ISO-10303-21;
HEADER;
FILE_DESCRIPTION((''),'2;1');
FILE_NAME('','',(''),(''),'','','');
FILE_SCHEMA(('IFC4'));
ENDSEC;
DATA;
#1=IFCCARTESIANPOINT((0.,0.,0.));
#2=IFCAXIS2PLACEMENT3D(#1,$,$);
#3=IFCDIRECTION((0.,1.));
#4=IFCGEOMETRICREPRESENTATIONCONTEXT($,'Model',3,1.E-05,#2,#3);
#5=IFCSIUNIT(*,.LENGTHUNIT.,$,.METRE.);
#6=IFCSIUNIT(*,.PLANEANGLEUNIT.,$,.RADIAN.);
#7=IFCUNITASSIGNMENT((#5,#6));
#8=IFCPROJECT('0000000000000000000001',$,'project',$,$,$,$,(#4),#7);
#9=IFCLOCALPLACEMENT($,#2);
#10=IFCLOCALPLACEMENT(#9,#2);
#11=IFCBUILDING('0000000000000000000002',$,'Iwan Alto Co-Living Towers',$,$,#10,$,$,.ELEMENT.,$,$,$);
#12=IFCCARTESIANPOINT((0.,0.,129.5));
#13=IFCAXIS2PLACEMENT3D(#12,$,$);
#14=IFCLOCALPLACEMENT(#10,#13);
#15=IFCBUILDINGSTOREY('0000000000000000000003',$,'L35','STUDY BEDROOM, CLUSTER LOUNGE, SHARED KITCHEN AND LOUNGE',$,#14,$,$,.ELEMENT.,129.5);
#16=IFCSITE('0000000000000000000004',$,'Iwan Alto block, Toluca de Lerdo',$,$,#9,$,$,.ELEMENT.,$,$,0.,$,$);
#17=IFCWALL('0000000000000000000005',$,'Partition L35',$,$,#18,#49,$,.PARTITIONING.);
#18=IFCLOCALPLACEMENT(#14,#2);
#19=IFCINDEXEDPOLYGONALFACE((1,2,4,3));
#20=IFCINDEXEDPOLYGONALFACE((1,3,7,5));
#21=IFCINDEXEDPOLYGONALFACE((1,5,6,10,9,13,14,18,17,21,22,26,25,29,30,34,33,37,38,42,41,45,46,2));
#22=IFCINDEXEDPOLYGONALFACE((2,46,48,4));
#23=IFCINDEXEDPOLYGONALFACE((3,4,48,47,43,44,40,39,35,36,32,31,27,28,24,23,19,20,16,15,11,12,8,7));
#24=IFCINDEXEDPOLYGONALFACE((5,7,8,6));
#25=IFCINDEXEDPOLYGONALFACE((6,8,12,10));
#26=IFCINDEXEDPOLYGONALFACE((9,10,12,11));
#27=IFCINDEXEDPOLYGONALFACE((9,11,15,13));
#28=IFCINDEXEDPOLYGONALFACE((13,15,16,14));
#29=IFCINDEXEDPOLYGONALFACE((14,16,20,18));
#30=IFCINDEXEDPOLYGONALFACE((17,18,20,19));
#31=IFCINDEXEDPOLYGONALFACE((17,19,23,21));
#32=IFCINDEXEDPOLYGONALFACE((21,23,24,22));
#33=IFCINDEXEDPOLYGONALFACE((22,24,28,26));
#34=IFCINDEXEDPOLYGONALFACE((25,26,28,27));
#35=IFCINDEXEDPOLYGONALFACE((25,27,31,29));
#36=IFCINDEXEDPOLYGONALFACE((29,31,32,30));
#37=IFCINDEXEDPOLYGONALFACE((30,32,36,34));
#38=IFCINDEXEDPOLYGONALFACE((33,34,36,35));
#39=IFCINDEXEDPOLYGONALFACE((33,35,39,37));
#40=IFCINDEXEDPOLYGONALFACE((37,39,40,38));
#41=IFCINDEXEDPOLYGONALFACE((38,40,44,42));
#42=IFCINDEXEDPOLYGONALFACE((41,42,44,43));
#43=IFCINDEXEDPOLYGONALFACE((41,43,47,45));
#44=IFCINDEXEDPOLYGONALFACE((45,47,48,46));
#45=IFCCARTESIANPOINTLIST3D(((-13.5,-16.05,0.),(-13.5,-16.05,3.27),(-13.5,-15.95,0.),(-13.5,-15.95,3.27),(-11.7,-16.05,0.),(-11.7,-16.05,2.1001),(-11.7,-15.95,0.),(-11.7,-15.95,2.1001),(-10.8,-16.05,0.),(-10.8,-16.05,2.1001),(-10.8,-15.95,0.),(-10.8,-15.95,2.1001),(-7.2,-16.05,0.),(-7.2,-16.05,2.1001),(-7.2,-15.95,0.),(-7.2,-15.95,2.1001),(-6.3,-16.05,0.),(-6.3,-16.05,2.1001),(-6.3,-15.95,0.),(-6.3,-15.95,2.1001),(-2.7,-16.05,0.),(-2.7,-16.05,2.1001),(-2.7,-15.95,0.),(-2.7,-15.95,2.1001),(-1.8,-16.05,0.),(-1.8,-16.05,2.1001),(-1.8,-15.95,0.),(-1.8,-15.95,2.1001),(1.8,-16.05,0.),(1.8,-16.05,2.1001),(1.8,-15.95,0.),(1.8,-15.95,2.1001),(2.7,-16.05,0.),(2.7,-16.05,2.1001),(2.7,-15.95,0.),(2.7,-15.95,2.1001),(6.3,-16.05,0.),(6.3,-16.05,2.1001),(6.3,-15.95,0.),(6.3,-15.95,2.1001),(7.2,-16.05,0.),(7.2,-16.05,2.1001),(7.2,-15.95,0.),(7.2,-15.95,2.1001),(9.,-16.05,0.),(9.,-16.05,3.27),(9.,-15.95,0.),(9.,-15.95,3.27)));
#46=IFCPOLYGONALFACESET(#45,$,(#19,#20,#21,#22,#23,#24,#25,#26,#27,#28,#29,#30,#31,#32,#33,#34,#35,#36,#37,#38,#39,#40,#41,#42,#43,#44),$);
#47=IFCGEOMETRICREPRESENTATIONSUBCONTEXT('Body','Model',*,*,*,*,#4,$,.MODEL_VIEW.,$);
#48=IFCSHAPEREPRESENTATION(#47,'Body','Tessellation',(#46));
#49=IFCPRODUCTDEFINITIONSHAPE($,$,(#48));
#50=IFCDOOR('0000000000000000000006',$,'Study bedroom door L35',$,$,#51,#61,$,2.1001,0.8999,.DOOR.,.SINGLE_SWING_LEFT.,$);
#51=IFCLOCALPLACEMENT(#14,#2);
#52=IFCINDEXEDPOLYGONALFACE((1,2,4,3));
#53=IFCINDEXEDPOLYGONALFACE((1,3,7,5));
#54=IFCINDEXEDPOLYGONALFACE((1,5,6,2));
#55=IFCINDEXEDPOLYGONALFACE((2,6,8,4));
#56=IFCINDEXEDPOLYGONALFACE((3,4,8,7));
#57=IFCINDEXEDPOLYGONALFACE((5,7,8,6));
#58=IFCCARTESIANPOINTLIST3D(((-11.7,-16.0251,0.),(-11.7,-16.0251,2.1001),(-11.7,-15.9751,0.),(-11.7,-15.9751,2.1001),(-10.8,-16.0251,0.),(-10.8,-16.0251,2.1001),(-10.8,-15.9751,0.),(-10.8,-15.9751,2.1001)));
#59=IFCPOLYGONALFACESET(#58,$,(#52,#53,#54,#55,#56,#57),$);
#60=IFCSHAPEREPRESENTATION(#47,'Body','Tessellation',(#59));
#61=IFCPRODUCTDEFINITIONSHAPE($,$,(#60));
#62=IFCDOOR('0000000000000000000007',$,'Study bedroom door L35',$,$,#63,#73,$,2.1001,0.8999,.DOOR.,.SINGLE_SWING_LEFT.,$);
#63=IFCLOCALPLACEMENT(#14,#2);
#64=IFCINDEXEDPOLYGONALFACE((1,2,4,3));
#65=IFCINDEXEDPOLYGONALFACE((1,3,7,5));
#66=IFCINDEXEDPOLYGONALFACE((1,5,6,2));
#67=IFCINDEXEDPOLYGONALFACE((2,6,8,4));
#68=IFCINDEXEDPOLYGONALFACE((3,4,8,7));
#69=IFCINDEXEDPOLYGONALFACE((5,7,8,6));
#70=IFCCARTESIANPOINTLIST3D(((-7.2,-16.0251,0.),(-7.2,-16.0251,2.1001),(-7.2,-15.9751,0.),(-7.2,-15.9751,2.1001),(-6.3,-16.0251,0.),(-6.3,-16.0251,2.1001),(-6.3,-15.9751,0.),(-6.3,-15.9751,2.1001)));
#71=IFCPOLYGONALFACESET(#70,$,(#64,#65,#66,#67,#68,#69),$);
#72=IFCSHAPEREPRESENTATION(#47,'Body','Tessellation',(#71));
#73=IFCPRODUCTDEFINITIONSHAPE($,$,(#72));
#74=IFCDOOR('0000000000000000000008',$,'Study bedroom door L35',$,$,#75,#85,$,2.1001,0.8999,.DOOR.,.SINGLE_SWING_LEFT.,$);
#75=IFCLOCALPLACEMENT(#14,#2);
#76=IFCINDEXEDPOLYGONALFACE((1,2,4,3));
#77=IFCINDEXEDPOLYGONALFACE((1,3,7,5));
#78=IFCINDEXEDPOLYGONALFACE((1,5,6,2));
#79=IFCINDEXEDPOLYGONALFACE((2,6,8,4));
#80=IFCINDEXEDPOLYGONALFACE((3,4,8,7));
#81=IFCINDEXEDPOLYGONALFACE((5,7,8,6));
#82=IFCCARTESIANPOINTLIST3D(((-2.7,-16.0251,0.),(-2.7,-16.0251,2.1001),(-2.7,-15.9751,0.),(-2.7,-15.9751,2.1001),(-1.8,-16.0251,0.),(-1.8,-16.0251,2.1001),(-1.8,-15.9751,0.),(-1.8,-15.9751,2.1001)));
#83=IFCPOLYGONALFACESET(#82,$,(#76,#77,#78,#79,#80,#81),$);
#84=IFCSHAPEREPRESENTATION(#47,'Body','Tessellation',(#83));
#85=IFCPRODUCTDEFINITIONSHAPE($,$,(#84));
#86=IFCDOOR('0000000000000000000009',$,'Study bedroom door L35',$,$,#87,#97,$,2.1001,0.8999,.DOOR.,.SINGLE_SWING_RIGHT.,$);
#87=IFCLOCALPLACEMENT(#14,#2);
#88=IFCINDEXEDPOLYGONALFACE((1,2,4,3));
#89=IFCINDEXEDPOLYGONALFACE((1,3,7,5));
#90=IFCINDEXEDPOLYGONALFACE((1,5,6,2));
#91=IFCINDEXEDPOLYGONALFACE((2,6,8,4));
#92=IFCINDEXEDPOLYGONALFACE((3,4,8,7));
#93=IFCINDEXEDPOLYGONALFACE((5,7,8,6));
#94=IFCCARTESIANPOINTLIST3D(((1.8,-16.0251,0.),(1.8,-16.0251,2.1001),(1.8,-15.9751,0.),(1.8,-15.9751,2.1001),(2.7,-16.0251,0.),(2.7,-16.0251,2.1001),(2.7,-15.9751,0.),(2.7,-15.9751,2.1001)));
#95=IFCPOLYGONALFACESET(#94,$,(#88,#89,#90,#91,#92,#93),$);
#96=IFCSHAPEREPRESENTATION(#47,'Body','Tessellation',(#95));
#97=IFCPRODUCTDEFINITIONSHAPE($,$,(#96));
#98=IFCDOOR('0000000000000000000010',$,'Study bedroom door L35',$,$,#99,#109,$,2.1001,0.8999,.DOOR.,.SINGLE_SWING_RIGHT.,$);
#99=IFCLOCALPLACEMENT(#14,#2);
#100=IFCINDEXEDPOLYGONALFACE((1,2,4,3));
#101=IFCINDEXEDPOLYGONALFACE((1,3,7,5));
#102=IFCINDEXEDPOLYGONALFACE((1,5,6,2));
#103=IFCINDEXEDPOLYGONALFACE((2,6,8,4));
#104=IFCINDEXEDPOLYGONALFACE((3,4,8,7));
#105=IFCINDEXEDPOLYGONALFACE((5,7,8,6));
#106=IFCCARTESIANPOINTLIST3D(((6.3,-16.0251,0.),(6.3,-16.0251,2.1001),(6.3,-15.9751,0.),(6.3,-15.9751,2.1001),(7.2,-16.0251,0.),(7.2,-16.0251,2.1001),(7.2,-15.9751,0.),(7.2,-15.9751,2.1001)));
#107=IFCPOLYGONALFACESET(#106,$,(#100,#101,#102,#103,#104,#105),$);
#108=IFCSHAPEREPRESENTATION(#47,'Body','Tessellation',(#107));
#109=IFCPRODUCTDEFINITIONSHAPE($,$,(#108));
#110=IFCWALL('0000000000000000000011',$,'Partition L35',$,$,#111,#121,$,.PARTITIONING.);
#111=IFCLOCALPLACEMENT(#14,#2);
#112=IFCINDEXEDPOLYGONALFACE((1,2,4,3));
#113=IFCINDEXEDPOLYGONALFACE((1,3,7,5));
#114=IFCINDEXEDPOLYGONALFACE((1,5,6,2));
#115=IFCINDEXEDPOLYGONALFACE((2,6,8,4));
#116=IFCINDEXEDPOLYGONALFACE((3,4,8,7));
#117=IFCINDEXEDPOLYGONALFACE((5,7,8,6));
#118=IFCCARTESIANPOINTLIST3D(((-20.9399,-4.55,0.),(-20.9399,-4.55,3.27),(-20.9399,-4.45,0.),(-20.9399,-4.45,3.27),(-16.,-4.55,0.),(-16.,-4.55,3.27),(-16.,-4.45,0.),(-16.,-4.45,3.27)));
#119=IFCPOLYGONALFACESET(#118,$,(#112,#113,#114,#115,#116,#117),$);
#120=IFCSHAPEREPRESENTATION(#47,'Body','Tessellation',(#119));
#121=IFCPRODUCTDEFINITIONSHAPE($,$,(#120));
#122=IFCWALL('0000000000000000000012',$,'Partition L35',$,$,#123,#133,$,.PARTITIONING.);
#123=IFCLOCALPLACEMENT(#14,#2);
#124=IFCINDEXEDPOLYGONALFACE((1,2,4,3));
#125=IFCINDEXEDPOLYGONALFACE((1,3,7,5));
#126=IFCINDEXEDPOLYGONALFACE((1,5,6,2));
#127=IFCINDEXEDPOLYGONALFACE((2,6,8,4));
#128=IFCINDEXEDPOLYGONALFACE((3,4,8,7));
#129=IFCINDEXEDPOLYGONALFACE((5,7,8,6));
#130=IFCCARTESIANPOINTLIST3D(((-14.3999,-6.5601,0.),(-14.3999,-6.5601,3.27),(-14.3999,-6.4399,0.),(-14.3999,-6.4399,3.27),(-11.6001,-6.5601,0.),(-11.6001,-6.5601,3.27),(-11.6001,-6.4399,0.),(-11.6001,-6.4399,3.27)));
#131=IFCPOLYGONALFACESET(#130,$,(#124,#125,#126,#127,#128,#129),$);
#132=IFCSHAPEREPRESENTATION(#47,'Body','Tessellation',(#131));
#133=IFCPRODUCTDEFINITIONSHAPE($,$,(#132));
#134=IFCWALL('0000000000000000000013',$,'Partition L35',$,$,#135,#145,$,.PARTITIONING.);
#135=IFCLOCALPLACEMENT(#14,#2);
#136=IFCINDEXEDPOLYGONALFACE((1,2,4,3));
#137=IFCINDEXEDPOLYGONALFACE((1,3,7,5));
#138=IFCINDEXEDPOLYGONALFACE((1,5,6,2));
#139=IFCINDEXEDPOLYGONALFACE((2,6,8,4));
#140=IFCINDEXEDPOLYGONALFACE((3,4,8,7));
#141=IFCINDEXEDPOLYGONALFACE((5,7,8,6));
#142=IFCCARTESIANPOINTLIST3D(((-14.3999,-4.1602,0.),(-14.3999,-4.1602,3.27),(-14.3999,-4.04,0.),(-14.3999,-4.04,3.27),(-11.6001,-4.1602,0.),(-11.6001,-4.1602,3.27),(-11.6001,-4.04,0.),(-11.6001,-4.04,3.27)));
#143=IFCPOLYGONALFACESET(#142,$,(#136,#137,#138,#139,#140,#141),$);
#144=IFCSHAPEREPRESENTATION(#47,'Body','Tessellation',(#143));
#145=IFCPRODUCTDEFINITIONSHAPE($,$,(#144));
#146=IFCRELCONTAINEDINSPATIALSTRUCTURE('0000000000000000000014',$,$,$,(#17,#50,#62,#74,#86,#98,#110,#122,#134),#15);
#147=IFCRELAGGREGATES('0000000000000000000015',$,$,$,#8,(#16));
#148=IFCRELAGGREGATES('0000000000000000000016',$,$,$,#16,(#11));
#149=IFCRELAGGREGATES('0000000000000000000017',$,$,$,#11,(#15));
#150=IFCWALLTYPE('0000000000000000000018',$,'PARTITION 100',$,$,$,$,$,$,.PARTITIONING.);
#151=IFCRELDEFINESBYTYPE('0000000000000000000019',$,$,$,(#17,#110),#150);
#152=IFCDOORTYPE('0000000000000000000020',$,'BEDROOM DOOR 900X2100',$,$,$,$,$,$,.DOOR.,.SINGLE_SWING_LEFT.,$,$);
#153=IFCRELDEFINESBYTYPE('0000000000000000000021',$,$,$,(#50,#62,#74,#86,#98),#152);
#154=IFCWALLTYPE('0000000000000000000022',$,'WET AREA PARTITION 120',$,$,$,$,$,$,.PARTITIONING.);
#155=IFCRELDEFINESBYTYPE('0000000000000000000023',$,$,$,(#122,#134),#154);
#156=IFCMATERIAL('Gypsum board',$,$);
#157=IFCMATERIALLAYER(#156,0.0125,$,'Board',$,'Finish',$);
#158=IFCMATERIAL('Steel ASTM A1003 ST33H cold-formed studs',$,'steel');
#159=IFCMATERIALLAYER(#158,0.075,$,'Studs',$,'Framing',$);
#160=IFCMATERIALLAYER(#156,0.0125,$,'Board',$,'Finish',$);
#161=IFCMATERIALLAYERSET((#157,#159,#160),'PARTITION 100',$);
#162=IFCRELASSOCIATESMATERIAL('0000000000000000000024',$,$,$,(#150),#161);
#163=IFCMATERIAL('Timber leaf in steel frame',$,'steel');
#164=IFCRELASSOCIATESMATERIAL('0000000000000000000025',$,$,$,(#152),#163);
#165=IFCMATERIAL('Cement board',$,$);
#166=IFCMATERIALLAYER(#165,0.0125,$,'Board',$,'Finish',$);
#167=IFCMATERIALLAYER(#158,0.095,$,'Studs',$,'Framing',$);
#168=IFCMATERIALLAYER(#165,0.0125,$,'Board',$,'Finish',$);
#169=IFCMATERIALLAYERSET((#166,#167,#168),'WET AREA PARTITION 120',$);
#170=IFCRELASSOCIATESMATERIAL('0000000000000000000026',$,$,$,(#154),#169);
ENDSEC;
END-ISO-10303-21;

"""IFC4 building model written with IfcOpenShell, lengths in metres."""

from ifc_helpers import new_model, si_unit, direction, frame, frame_2d, origin, place, context, subcontext, project, spatial, rectangle, extrude, material, layer, layer_set, type_object, element, fill, save


model = new_model("IFC4")

# Units and contexts
model_context = context("Model", 3, precision=1e-05, world=origin(), true_north=direction((0.0, 1.0)))
body_context = subcontext(model_context, "Body", "Model", "MODEL_VIEW")
ifc_project = project(units=[si_unit("LENGTHUNIT", "METRE"), si_unit("PLANEANGLEUNIT", "RADIAN")], contexts=[model_context])

# Site, building, storey
site_placement = place(None, origin())
site = spatial("IfcSite", under=ifc_project, at=site_placement, Name="Iwan Alto block, Toluca de Lerdo", CompositionType="ELEMENT", RefElevation=0.0)
building_placement = place(site_placement, origin())
building = spatial("IfcBuilding", under=site, at=building_placement, Name="Iwan Alto Co-Living Towers", CompositionType="ELEMENT")
storey_placement = place(building_placement, frame((0.0, 0.0, 129.5)))
storey = spatial("IfcBuildingStorey", under=building, at=storey_placement, Name="L35", Description="STUDY BEDROOM, CLUSTER LOUNGE, SHARED KITCHEN AND LOUNGE", CompositionType="ELEMENT", Elevation=129.5)

# Shared definitions
ifc_material_1 = material(Name="Gypsum board")
ifc_material_2 = material(Name="Steel ASTM A1003 ST33H cold-formed studs", Category="steel")

# Wall, openings, doors
ifc_layer_1 = layer(ifc_material_1, 0.0125, Name="Board", Category="Finish")
ifc_layer_2 = layer(ifc_material_2, 0.075, Name="Studs", Category="Framing")
ifc_layer_3 = layer(ifc_material_1, 0.0125, Name="Board", Category="Finish")
ifc_layer_set_1 = layer_set([ifc_layer_1, ifc_layer_2, ifc_layer_3], Name="PARTITION 100")
wall_type_1 = type_object("IfcWallType", Name="PARTITION 100", PredefinedType="PARTITIONING", material=ifc_layer_set_1)
wall_1_placement = place(storey_placement, frame((-13.5, -16.0, 0.0), z_axis=(0.0, 0.0, 1.0), x_axis=(1.0, 0.0, 0.0)))
wall_1 = element("IfcWall", 1, at=wall_1_placement, inside=storey, type_object=wall_type_1, Name="Partition L35", PredefinedType="PARTITIONING", context=body_context, shape_type="SweptSolid", body=[
    extrude(rectangle(XDim=22.5, YDim=0.1001, at=frame_2d((11.25, 0.0))), origin(), (0.0, 0.0, 1.0), 3.27),
])
opening_1_placement = place(wall_1_placement, frame((1.8, 0.0, 0.0)))
opening_1 = element("IfcOpeningElement", 2, at=opening_1_placement, cuts=wall_1, PredefinedType="OPENING", context=body_context, shape_type="SweptSolid", body=[
    extrude(rectangle(XDim=0.8999, YDim=2.1001, at=frame_2d((0.45, 1.05))), frame((0.0, 0.0601, 0.0), z_axis=(0.0, -1.0, 0.0), x_axis=(1.0, 0.0, 0.0)), (0.0, 0.0, 1.0), 0.1201),
])
opening_2_placement = place(wall_1_placement, frame((6.3, 0.0, 0.0)))
opening_2 = element("IfcOpeningElement", 3, at=opening_2_placement, cuts=wall_1, PredefinedType="OPENING", context=body_context, shape_type="SweptSolid", body=[
    extrude(rectangle(XDim=0.8999, YDim=2.1001, at=frame_2d((0.45, 1.05))), frame((0.0, 0.0601, 0.0), z_axis=(0.0, -1.0, 0.0), x_axis=(1.0, 0.0, 0.0)), (0.0, 0.0, 1.0), 0.1201),
])
opening_3_placement = place(wall_1_placement, frame((10.8, 0.0, 0.0)))
opening_3 = element("IfcOpeningElement", 4, at=opening_3_placement, cuts=wall_1, PredefinedType="OPENING", context=body_context, shape_type="SweptSolid", body=[
    extrude(rectangle(XDim=0.8999, YDim=2.1001, at=frame_2d((0.45, 1.05))), frame((0.0, 0.0601, 0.0), z_axis=(0.0, -1.0, 0.0), x_axis=(1.0, 0.0, 0.0)), (0.0, 0.0, 1.0), 0.1201),
])
opening_4_placement = place(wall_1_placement, frame((15.3, 0.0, 0.0)))
opening_4 = element("IfcOpeningElement", 5, at=opening_4_placement, cuts=wall_1, PredefinedType="OPENING", context=body_context, shape_type="SweptSolid", body=[
    extrude(rectangle(XDim=0.8999, YDim=2.1001, at=frame_2d((0.45, 1.05))), frame((0.0, 0.0601, 0.0), z_axis=(0.0, -1.0, 0.0), x_axis=(1.0, 0.0, 0.0)), (0.0, 0.0, 1.0), 0.1201),
])
opening_5_placement = place(wall_1_placement, frame((19.8, 0.0, 0.0)))
opening_5 = element("IfcOpeningElement", 6, at=opening_5_placement, cuts=wall_1, PredefinedType="OPENING", context=body_context, shape_type="SweptSolid", body=[
    extrude(rectangle(XDim=0.8999, YDim=2.1001, at=frame_2d((0.45, 1.05))), frame((0.0, 0.0601, 0.0), z_axis=(0.0, -1.0, 0.0), x_axis=(1.0, 0.0, 0.0)), (0.0, 0.0, 1.0), 0.1201),
])
ifc_material_3 = material(Name="Timber leaf in steel frame", Category="steel")
door_type_1 = type_object("IfcDoorType", Name="BEDROOM DOOR 900X2100", OperationType="SINGLE_SWING_LEFT", PredefinedType="DOOR", material=ifc_material_3)
door_1_placement = place(opening_1_placement, origin())
door_1 = element("IfcDoor", 7, at=door_1_placement, inside=storey, type_object=door_type_1, Name="Study bedroom door L35", OperationType="SINGLE_SWING_LEFT", OverallHeight=2.1001, OverallWidth=0.8999, PredefinedType="DOOR", context=body_context, shape_type="SweptSolid", body=[
    extrude(rectangle(XDim=0.8999, YDim=2.1001, at=frame_2d((0.45, 1.05))), frame((0.0, 0.0249, 0.0), z_axis=(0.0, -1.0, 0.0), x_axis=(1.0, 0.0, 0.0)), (0.0, 0.0, 1.0), 0.05),
])
fill(opening_1, door_1)
door_2_placement = place(opening_2_placement, origin())
door_2 = element("IfcDoor", 8, at=door_2_placement, inside=storey, type_object=door_type_1, Name="Study bedroom door L35", OperationType="SINGLE_SWING_LEFT", OverallHeight=2.1001, OverallWidth=0.8999, PredefinedType="DOOR", context=body_context, shape_type="SweptSolid", body=[
    extrude(rectangle(XDim=0.8999, YDim=2.1001, at=frame_2d((0.45, 1.05))), frame((0.0, 0.0249, 0.0), z_axis=(0.0, -1.0, 0.0), x_axis=(1.0, 0.0, 0.0)), (0.0, 0.0, 1.0), 0.05),
])
fill(opening_2, door_2)
door_3_placement = place(opening_3_placement, origin())
door_3 = element("IfcDoor", 9, at=door_3_placement, inside=storey, type_object=door_type_1, Name="Study bedroom door L35", OperationType="SINGLE_SWING_LEFT", OverallHeight=2.1001, OverallWidth=0.8999, PredefinedType="DOOR", context=body_context, shape_type="SweptSolid", body=[
    extrude(rectangle(XDim=0.8999, YDim=2.1001, at=frame_2d((0.45, 1.05))), frame((0.0, 0.0249, 0.0), z_axis=(0.0, -1.0, 0.0), x_axis=(1.0, 0.0, 0.0)), (0.0, 0.0, 1.0), 0.05),
])
fill(opening_3, door_3)
door_4_placement = place(opening_4_placement, origin())
door_4 = element("IfcDoor", 10, at=door_4_placement, inside=storey, type_object=door_type_1, Name="Study bedroom door L35", OperationType="SINGLE_SWING_RIGHT", OverallHeight=2.1001, OverallWidth=0.8999, PredefinedType="DOOR", context=body_context, shape_type="SweptSolid", body=[
    extrude(rectangle(XDim=0.8999, YDim=2.1001, at=frame_2d((0.45, 1.05))), frame((0.0, 0.0249, 0.0), z_axis=(0.0, -1.0, 0.0), x_axis=(1.0, 0.0, 0.0)), (0.0, 0.0, 1.0), 0.05),
])
fill(opening_4, door_4)
door_5_placement = place(opening_5_placement, origin())
door_5 = element("IfcDoor", 11, at=door_5_placement, inside=storey, type_object=door_type_1, Name="Study bedroom door L35", OperationType="SINGLE_SWING_RIGHT", OverallHeight=2.1001, OverallWidth=0.8999, PredefinedType="DOOR", context=body_context, shape_type="SweptSolid", body=[
    extrude(rectangle(XDim=0.8999, YDim=2.1001, at=frame_2d((0.45, 1.05))), frame((0.0, 0.0249, 0.0), z_axis=(0.0, -1.0, 0.0), x_axis=(1.0, 0.0, 0.0)), (0.0, 0.0, 1.0), 0.05),
])
fill(opening_5, door_5)

# Walls
wall_2_placement = place(storey_placement, frame((-20.9399, -4.5, 0.0), z_axis=(0.0, 0.0, 1.0), x_axis=(1.0, 0.0, 0.0)))
element("IfcWall", 12, at=wall_2_placement, inside=storey, type_object=wall_type_1, Name="Partition L35", PredefinedType="PARTITIONING", context=body_context, shape_type="SweptSolid", body=[
    extrude(rectangle(XDim=4.9399, YDim=0.1001, at=frame_2d((2.47, 0.0))), origin(), (0.0, 0.0, 1.0), 3.27),
])
ifc_material_4 = material(Name="Cement board")
ifc_layer_4 = layer(ifc_material_4, 0.0125, Name="Board", Category="Finish")
ifc_layer_5 = layer(ifc_material_2, 0.095, Name="Studs", Category="Framing")
ifc_layer_6 = layer(ifc_material_4, 0.0125, Name="Board", Category="Finish")
ifc_layer_set_2 = layer_set([ifc_layer_4, ifc_layer_5, ifc_layer_6], Name="WET AREA PARTITION 120")
wall_type_2 = type_object("IfcWallType", Name="WET AREA PARTITION 120", PredefinedType="PARTITIONING", material=ifc_layer_set_2)
for number, where, z_axis, x_axis, name in (
    (13, (-14.3999, -6.5, 0.0), (0.0, 0.0, 1.0), (1.0, 0.0, 0.0), "Partition L35"),
    (14, (-14.3999, -4.1001, 0.0), (0.0, 0.0, 1.0), (1.0, 0.0, 0.0), "Partition L35"),
):
    element("IfcWall", number, at=place(storey_placement, frame(where, z_axis=z_axis, x_axis=x_axis)), inside=storey, type_object=wall_type_2, Name=name, PredefinedType="PARTITIONING", context=body_context, shape_type="SweptSolid", body=[
        extrude(rectangle(XDim=2.7998, YDim=0.1201, at=frame_2d((1.3999, 0.0))), origin(), (0.0, 0.0, 1.0), 3.27),
    ])

save(model, "model.ifc")
